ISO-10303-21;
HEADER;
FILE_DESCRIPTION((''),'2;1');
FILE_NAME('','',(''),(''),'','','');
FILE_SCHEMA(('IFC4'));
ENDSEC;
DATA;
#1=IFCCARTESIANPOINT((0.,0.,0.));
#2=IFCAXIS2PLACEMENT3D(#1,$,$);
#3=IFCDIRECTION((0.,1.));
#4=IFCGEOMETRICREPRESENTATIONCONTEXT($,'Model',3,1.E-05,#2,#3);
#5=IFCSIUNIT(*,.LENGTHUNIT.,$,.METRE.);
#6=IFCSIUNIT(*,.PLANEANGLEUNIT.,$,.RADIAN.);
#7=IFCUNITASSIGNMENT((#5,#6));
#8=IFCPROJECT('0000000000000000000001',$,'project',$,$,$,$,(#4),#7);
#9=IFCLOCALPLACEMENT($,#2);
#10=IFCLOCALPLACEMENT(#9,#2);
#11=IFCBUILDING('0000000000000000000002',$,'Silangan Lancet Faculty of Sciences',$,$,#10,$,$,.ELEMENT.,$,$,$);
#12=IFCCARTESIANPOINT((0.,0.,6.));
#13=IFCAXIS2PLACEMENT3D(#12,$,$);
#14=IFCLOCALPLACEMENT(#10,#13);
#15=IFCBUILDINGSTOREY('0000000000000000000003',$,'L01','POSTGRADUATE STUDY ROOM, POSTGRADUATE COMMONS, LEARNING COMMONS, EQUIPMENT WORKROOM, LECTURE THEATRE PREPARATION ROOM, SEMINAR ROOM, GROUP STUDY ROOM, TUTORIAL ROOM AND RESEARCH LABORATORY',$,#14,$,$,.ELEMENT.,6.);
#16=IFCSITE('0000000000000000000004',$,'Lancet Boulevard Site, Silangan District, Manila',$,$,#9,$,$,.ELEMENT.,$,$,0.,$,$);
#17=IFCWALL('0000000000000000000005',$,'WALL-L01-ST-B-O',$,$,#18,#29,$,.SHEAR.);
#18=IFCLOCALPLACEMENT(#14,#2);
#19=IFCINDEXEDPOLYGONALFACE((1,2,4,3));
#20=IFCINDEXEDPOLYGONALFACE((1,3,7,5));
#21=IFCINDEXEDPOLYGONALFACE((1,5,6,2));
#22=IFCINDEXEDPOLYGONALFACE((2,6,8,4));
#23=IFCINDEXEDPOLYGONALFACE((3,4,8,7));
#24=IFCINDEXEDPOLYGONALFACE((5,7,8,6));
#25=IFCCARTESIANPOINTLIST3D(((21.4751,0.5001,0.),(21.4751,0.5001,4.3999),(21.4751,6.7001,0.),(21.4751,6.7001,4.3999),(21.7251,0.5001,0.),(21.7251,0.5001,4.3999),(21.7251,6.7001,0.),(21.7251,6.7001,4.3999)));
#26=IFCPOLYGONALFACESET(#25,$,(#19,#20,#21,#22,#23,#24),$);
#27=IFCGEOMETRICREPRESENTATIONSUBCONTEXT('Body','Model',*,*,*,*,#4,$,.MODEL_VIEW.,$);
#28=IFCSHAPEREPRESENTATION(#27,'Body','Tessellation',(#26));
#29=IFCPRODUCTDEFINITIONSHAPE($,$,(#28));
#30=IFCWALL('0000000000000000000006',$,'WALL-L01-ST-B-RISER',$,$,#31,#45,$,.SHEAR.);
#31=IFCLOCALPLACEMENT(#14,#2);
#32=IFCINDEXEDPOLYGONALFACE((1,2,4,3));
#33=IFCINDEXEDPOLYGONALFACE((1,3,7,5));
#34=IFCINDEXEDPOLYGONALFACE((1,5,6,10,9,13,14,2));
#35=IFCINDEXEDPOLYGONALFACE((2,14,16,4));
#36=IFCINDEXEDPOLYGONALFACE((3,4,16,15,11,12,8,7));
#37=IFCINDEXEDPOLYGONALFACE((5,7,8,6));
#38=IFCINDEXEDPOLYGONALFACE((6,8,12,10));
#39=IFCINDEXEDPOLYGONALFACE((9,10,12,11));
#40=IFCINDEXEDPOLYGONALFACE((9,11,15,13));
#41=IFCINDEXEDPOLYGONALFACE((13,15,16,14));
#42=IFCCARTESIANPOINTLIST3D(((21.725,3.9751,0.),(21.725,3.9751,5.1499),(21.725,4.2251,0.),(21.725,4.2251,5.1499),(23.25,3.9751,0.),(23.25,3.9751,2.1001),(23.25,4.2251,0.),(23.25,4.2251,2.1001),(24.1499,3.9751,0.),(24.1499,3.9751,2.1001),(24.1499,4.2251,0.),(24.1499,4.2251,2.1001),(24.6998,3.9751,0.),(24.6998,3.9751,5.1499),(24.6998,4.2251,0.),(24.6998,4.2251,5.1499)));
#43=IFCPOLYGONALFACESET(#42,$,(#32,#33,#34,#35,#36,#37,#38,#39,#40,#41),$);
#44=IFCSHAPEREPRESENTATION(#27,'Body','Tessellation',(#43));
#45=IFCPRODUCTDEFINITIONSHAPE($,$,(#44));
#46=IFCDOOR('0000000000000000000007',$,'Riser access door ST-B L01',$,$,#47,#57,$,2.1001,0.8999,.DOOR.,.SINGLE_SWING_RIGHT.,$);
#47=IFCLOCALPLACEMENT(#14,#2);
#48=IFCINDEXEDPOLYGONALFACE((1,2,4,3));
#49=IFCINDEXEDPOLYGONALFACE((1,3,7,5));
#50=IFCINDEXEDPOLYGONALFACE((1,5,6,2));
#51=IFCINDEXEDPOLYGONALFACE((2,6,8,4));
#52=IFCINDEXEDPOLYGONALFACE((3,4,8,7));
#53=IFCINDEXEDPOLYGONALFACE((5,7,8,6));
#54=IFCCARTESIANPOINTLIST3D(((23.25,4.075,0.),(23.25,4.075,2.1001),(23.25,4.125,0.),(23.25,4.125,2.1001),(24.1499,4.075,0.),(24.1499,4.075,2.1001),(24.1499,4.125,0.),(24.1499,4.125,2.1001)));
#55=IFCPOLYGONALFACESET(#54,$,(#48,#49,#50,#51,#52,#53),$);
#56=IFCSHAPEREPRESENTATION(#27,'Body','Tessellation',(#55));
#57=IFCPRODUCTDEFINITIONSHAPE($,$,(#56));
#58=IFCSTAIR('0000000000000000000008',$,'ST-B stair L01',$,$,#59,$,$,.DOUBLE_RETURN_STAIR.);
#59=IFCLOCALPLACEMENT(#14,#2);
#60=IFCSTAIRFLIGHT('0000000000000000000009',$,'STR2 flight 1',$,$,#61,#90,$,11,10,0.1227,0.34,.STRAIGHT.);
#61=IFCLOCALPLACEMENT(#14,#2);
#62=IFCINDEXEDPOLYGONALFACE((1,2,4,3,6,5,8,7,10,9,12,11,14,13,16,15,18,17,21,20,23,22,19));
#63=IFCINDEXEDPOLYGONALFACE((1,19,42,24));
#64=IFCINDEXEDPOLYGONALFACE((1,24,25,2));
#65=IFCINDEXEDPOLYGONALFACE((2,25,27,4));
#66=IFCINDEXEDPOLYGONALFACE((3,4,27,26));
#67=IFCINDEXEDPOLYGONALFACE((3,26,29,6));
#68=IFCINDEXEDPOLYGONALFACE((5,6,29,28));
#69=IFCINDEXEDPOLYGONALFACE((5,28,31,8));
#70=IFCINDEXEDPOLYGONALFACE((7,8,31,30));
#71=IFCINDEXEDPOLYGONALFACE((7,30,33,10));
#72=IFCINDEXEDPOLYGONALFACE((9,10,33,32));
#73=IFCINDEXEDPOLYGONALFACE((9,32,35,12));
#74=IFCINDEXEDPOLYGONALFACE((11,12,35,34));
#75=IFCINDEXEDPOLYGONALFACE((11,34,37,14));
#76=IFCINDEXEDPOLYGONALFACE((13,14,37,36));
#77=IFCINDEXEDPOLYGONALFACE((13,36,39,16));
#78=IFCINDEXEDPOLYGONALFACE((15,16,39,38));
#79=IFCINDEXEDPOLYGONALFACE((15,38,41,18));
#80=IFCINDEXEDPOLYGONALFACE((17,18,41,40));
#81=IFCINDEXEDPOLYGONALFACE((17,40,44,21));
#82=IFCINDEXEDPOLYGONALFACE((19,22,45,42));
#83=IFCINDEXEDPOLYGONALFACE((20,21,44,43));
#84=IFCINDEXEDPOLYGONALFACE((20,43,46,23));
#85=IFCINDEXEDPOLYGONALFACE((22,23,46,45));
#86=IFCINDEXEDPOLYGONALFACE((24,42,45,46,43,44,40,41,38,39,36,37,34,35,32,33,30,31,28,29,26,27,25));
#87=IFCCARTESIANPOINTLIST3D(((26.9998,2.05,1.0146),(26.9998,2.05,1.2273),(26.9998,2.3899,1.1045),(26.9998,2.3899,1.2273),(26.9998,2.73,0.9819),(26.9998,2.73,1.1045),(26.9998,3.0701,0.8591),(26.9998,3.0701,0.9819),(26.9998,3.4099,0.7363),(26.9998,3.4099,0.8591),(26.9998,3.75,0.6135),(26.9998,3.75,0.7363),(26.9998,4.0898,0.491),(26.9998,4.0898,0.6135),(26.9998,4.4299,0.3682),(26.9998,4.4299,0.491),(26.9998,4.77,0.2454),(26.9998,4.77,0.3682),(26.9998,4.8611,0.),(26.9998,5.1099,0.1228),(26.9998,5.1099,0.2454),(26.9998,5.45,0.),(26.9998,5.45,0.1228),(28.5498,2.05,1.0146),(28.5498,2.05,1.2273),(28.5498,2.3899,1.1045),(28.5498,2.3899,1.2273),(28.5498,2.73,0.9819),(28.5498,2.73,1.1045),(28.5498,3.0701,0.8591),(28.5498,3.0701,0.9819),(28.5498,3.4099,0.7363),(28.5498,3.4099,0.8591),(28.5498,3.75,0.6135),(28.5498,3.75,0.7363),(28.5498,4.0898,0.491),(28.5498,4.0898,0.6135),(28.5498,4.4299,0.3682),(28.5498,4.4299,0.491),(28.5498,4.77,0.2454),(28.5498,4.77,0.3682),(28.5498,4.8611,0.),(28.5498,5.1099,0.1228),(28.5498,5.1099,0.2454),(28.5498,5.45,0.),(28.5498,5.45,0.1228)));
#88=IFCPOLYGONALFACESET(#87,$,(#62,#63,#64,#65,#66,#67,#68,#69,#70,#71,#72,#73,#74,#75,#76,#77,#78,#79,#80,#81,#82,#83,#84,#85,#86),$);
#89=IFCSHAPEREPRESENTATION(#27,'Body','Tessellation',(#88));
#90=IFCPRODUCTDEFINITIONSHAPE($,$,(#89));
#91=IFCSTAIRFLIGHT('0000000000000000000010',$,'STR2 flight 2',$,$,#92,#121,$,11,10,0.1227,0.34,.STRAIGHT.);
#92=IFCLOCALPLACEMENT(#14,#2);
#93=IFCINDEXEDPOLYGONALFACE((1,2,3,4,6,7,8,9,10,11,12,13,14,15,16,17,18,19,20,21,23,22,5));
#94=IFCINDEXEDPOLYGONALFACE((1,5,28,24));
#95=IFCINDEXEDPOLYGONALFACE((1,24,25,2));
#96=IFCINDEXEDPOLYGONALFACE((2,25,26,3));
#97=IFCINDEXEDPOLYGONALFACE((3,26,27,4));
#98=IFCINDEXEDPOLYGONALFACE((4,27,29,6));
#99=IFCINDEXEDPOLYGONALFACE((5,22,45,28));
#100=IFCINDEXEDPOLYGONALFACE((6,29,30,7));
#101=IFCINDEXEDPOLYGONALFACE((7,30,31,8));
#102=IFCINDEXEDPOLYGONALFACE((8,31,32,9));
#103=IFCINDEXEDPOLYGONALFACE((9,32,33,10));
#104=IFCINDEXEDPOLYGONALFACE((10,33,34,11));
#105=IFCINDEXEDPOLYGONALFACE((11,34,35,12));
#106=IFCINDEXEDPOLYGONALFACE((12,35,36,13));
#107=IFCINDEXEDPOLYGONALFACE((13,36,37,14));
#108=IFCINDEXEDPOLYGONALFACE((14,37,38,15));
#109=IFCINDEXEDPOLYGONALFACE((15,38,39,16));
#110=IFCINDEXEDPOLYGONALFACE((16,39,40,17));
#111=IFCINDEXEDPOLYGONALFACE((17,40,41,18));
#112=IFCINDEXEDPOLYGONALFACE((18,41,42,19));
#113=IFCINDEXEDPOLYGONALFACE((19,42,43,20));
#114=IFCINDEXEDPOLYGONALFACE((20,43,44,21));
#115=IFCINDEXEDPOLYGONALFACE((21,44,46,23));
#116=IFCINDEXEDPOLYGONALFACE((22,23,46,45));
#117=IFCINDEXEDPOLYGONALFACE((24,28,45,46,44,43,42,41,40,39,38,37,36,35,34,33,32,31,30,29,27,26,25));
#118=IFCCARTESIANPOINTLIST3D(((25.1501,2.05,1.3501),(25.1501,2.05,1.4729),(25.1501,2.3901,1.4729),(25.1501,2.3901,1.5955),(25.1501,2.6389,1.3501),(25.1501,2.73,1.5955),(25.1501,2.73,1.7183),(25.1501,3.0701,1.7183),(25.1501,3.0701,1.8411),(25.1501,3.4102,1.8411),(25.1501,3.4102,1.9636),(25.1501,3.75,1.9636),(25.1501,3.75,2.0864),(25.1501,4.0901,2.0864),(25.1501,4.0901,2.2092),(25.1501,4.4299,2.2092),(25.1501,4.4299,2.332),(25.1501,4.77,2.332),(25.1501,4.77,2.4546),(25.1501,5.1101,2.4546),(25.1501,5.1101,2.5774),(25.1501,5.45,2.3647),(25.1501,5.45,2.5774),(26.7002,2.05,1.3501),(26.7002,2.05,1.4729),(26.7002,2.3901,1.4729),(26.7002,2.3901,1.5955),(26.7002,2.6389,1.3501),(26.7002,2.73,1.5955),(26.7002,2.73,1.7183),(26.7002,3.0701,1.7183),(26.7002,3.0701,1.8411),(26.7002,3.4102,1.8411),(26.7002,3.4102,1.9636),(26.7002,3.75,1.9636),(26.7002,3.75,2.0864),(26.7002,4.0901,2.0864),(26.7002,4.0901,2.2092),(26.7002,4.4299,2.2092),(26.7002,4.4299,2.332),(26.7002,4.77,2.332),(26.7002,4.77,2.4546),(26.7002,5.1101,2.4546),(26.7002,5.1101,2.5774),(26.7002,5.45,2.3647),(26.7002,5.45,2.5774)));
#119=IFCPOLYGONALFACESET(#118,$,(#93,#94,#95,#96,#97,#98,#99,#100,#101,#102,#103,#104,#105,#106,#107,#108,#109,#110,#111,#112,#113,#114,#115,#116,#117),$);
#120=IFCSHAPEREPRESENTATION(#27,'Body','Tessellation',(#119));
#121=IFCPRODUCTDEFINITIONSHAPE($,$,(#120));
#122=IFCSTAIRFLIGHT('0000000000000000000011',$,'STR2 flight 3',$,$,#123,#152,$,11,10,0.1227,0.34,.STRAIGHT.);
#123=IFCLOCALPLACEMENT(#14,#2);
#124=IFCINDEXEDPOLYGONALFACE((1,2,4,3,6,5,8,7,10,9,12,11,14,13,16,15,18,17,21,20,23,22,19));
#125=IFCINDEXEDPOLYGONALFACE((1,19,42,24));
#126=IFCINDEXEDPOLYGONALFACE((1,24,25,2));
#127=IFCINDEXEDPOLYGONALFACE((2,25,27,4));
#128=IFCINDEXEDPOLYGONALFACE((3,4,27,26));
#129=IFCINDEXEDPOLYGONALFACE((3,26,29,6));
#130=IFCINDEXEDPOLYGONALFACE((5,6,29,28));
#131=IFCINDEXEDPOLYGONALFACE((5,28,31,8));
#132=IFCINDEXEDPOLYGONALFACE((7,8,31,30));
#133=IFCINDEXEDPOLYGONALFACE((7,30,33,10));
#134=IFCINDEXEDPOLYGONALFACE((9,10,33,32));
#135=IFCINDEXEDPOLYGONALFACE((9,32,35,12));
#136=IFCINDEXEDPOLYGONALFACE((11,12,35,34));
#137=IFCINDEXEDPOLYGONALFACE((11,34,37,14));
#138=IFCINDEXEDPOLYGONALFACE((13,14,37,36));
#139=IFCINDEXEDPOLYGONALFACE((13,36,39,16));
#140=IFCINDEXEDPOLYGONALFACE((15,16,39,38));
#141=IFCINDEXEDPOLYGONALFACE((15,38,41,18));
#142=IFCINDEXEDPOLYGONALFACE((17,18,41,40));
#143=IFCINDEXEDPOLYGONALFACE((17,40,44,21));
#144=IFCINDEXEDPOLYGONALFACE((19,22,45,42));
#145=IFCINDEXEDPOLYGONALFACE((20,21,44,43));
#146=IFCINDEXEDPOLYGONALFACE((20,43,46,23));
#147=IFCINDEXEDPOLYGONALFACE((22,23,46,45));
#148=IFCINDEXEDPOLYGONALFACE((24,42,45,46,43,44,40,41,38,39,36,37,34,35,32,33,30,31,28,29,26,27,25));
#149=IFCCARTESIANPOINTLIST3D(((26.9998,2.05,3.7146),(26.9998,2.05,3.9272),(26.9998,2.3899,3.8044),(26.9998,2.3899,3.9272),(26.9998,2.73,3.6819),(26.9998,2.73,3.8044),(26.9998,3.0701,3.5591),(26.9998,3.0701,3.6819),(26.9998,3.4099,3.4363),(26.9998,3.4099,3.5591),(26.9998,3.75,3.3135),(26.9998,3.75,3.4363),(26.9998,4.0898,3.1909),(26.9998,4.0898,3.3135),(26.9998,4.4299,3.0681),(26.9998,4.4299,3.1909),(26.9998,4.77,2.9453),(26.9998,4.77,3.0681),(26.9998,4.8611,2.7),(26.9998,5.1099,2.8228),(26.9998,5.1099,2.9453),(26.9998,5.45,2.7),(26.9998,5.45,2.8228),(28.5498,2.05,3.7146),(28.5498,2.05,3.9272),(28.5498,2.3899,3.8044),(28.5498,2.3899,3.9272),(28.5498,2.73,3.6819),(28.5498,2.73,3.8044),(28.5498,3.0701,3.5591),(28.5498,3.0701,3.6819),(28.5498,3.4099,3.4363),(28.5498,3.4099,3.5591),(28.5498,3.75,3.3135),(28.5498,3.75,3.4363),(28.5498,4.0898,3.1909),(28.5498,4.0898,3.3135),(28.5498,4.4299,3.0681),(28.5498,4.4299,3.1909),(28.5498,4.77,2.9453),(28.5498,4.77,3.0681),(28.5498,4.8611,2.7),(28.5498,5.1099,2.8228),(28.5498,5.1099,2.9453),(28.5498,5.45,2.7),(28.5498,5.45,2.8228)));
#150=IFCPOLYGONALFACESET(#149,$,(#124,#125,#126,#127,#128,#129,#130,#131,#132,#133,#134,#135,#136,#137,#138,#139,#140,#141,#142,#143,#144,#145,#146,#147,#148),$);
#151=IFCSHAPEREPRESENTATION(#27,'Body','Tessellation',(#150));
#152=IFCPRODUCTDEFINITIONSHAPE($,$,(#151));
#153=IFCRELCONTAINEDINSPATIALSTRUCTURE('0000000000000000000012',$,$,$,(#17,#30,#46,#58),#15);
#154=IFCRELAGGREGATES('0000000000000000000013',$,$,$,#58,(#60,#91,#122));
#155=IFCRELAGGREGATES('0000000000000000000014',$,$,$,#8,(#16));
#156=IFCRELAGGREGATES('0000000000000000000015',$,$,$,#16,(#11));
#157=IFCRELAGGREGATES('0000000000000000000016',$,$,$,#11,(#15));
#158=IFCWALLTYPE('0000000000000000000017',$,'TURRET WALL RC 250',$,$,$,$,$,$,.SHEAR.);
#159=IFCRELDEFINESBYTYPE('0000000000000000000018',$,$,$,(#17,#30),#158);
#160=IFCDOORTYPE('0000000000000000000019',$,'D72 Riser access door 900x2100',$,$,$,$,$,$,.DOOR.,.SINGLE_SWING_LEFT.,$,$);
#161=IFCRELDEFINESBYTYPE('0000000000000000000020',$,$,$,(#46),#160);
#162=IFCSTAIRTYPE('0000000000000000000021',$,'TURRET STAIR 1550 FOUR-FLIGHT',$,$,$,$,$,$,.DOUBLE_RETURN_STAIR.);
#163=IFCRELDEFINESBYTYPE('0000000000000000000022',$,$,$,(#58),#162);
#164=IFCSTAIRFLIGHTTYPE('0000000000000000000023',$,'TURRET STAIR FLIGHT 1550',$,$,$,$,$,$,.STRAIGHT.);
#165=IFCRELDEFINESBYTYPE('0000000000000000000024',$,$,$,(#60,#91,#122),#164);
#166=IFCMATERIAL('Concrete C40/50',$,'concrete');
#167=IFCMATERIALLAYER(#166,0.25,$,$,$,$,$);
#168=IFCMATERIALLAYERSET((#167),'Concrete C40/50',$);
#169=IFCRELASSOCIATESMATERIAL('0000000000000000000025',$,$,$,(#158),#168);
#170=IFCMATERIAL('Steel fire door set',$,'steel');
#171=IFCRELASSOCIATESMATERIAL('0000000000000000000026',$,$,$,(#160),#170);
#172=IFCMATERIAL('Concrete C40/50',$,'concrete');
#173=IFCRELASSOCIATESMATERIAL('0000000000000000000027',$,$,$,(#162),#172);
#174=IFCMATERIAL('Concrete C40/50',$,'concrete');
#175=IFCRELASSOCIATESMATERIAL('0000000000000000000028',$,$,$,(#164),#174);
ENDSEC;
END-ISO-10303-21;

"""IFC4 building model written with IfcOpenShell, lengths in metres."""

from ifc_helpers import new_model, si_unit, direction, frame, frame_2d, origin, place, context, subcontext, project, spatial, polyline, rectangle, outline, extrude, material, layer, layer_set, type_object, element, fill, aggregate, save


model = new_model("IFC4")

# Units and contexts
model_context = context("Model", 3, precision=1e-05, world=origin(), true_north=direction((0.0, 1.0)))
body_context = subcontext(model_context, "Body", "Model", "MODEL_VIEW")
ifc_project = project(units=[si_unit("LENGTHUNIT", "METRE"), si_unit("PLANEANGLEUNIT", "RADIAN")], contexts=[model_context])

# Site, building, storey
site_placement = place(None, origin())
site = spatial("IfcSite", under=ifc_project, at=site_placement, Name="Lancet Boulevard Site, Silangan District, Manila", CompositionType="ELEMENT", RefElevation=0.0)
building_placement = place(site_placement, origin())
building = spatial("IfcBuilding", under=site, at=building_placement, Name="Silangan Lancet Faculty of Sciences", CompositionType="ELEMENT")
storey_placement = place(building_placement, frame((0.0, 0.0, 6.0)))
storey = spatial("IfcBuildingStorey", under=building, at=storey_placement, Name="L01", Description="POSTGRADUATE STUDY ROOM, POSTGRADUATE COMMONS, LEARNING COMMONS, EQUIPMENT WORKROOM, LECTURE THEATRE PREPARATION ROOM, SEMINAR ROOM, GROUP STUDY ROOM, TUTORIAL ROOM AND RESEARCH LABORATORY", CompositionType="ELEMENT", Elevation=6.0)

# Wall
ifc_material_1 = material(Name="Concrete C40/50", Category="concrete")
ifc_layer_1 = layer(ifc_material_1, 0.25)
ifc_layer_set_1 = layer_set([ifc_layer_1], Name="Concrete C40/50")
wall_type_1 = type_object("IfcWallType", Name="TURRET WALL RC 250", PredefinedType="SHEAR", material=ifc_layer_set_1)
wall_1_placement = place(storey_placement, frame((21.6001, 0.5, 0.0), z_axis=(0.0, 0.0, 1.0), x_axis=(0.0, 1.0, 0.0)))
element("IfcWall", 1, at=wall_1_placement, inside=storey, type_object=wall_type_1, Name="WALL-L01-ST-B-O", PredefinedType="SHEAR", context=body_context, shape_type="SweptSolid", body=[
    extrude(rectangle(XDim=6.2, YDim=0.25, at=frame_2d((3.1001, 0.0))), origin(), (0.0, 0.0, 1.0), 4.3999),
])

# Wall, opening, door
wall_2_placement = place(storey_placement, frame((21.7251, 4.1001, 0.0), z_axis=(0.0, 0.0, 1.0), x_axis=(1.0, 0.0, 0.0)))
wall_2 = element("IfcWall", 2, at=wall_2_placement, inside=storey, type_object=wall_type_1, Name="WALL-L01-ST-B-RISER", PredefinedType="SHEAR", context=body_context, shape_type="SweptSolid", body=[
    extrude(rectangle(XDim=2.9749, YDim=0.25, at=frame_2d((1.4873, 0.0))), origin(), (0.0, 0.0, 1.0), 5.1499),
])
opening_1_placement = place(wall_2_placement, frame((1.5249, 0.0, 0.0)))
opening_1 = element("IfcOpeningElement", 3, at=opening_1_placement, cuts=wall_2, PredefinedType="OPENING", context=body_context, shape_type="SweptSolid", body=[
    extrude(rectangle(XDim=0.8999, YDim=2.1001, at=frame_2d((0.45, 1.05))), frame((0.0, 0.135, 0.0), z_axis=(0.0, -1.0, 0.0), x_axis=(1.0, 0.0, 0.0)), (0.0, 0.0, 1.0), 0.27),
])
ifc_material_2 = material(Name="Steel fire door set", Category="steel")
door_type_1 = type_object("IfcDoorType", Name="D72 Riser access door 900x2100", OperationType="SINGLE_SWING_LEFT", PredefinedType="DOOR", material=ifc_material_2)
door_1_placement = place(opening_1_placement, frame((0.8999, 0.0, 0.0), z_axis=(0.0, 0.0, 1.0), x_axis=(-1.0, 0.0, 0.0)))
door_1 = element("IfcDoor", 4, at=door_1_placement, inside=storey, type_object=door_type_1, Name="Riser access door ST-B L01", OperationType="SINGLE_SWING_RIGHT", OverallHeight=2.1001, OverallWidth=0.8999, PredefinedType="DOOR", context=body_context, shape_type="SweptSolid", body=[
    extrude(rectangle(XDim=0.8999, YDim=2.1001, at=frame_2d((0.45, 1.05))), frame((0.0, 0.0251, 0.0), z_axis=(0.0, -1.0, 0.0), x_axis=(1.0, 0.0, 0.0)), (0.0, 0.0, 1.0), 0.05),
])
fill(opening_1, door_1)

# Stair, stair flights
ifc_material_3 = material(Name="Concrete C40/50", Category="concrete")
stair_type = type_object("IfcStairType", Name="TURRET STAIR 1550 FOUR-FLIGHT", PredefinedType="DOUBLE_RETURN_STAIR", material=ifc_material_3)
stair_placement = place(storey_placement, origin())
stair = element("IfcStair", 5, at=stair_placement, inside=storey, type_object=stair_type, Name="ST-B stair L01", PredefinedType="DOUBLE_RETURN_STAIR")
ifc_material_4 = material(Name="Concrete C40/50", Category="concrete")
stair_flight_type = type_object("IfcStairFlightType", Name="TURRET STAIR FLIGHT 1550", PredefinedType="STRAIGHT", material=ifc_material_4)
stair_flight_1_placement = place(storey_placement, frame((27.7749, 5.45, 0.0), z_axis=(0.0, 0.0, 1.0), x_axis=(0.0, -1.0, 0.0)))
stair_flight_1 = element("IfcStairFlight", 6, at=stair_flight_1_placement, type_object=stair_flight_type, Name="STR2 flight 1", NumberOfRisers=11, NumberOfTreads=10, PredefinedType="STRAIGHT", RiserHeight=0.1227, TreadLength=0.34, context=body_context, shape_type="SweptSolid", body=[
    extrude(outline(polyline([(0.0, 0.0), (0.0, 0.1228), (0.3401, 0.1228), (0.3401, 0.2454), (0.6799, 0.2454), (0.6799, 0.3682), (1.02, 0.3682), (1.02, 0.491), (1.3601, 0.491), (1.3601, 0.6135), (1.7, 0.6135), (1.7, 0.7363), (2.04, 0.7363), (2.04, 0.8591), (2.3799, 0.8591), (2.3799, 0.9819), (2.72, 0.9819), (2.72, 1.1045), (3.0601, 1.1045), (3.0601, 1.2273), (3.3999, 1.2273), (3.3999, 1.3501), (3.3999, 1.0146), (0.5889, 0.0), (0.0, 0.0)])), frame((0.0, 0.7749, 0.0), z_axis=(0.0, -1.0, 0.0), x_axis=(1.0, 0.0, 0.0)), (0.0, 0.0, 1.0), 1.55),
])
stair_flight_2_placement = place(storey_placement, frame((25.925, 2.05, 1.3501), z_axis=(0.0, 0.0, 1.0), x_axis=(0.0, 1.0, 0.0)))
stair_flight_2 = element("IfcStairFlight", 7, at=stair_flight_2_placement, type_object=stair_flight_type, Name="STR2 flight 2", NumberOfRisers=11, NumberOfTreads=10, PredefinedType="STRAIGHT", RiserHeight=0.1227, TreadLength=0.34, context=body_context, shape_type="SweptSolid", body=[
    extrude(outline(polyline([(0.0, 0.0), (0.0, 0.1228), (0.3401, 0.1228), (0.3401, 0.2454), (0.6799, 0.2454), (0.6799, 0.3682), (1.02, 0.3682), (1.02, 0.491), (1.3601, 0.491), (1.3601, 0.6135), (1.7, 0.6135), (1.7, 0.7363), (2.04, 0.7363), (2.04, 0.8591), (2.3799, 0.8591), (2.3799, 0.9819), (2.72, 0.9819), (2.72, 1.1045), (3.0601, 1.1045), (3.0601, 1.2273), (3.3999, 1.2273), (3.3999, 1.3501), (3.3999, 1.0146), (0.5889, 0.0), (0.0, 0.0)])), frame((0.0, 0.7749, 0.0), z_axis=(0.0, -1.0, 0.0), x_axis=(1.0, 0.0, 0.0)), (0.0, 0.0, 1.0), 1.55),
])
stair_flight_3_placement = place(storey_placement, frame((27.7749, 5.45, 2.7), z_axis=(0.0, 0.0, 1.0), x_axis=(0.0, -1.0, 0.0)))
stair_flight_3 = element("IfcStairFlight", 8, at=stair_flight_3_placement, type_object=stair_flight_type, Name="STR2 flight 3", NumberOfRisers=11, NumberOfTreads=10, PredefinedType="STRAIGHT", RiserHeight=0.1227, TreadLength=0.34, context=body_context, shape_type="SweptSolid", body=[
    extrude(outline(polyline([(0.0, 0.0), (0.0, 0.1228), (0.3401, 0.1228), (0.3401, 0.2454), (0.6799, 0.2454), (0.6799, 0.3682), (1.02, 0.3682), (1.02, 0.491), (1.3601, 0.491), (1.3601, 0.6135), (1.7, 0.6135), (1.7, 0.7363), (2.04, 0.7363), (2.04, 0.8591), (2.3799, 0.8591), (2.3799, 0.9819), (2.72, 0.9819), (2.72, 1.1045), (3.0601, 1.1045), (3.0601, 1.2273), (3.3999, 1.2273), (3.3999, 1.3501), (3.3999, 1.0146), (0.5889, 0.0), (0.0, 0.0)])), frame((0.0, 0.7749, 0.0), z_axis=(0.0, -1.0, 0.0), x_axis=(1.0, 0.0, 0.0)), (0.0, 0.0, 1.0), 1.55),
])
aggregate(stair, [stair_flight_1, stair_flight_2, stair_flight_3])

save(model, "model.ifc")
